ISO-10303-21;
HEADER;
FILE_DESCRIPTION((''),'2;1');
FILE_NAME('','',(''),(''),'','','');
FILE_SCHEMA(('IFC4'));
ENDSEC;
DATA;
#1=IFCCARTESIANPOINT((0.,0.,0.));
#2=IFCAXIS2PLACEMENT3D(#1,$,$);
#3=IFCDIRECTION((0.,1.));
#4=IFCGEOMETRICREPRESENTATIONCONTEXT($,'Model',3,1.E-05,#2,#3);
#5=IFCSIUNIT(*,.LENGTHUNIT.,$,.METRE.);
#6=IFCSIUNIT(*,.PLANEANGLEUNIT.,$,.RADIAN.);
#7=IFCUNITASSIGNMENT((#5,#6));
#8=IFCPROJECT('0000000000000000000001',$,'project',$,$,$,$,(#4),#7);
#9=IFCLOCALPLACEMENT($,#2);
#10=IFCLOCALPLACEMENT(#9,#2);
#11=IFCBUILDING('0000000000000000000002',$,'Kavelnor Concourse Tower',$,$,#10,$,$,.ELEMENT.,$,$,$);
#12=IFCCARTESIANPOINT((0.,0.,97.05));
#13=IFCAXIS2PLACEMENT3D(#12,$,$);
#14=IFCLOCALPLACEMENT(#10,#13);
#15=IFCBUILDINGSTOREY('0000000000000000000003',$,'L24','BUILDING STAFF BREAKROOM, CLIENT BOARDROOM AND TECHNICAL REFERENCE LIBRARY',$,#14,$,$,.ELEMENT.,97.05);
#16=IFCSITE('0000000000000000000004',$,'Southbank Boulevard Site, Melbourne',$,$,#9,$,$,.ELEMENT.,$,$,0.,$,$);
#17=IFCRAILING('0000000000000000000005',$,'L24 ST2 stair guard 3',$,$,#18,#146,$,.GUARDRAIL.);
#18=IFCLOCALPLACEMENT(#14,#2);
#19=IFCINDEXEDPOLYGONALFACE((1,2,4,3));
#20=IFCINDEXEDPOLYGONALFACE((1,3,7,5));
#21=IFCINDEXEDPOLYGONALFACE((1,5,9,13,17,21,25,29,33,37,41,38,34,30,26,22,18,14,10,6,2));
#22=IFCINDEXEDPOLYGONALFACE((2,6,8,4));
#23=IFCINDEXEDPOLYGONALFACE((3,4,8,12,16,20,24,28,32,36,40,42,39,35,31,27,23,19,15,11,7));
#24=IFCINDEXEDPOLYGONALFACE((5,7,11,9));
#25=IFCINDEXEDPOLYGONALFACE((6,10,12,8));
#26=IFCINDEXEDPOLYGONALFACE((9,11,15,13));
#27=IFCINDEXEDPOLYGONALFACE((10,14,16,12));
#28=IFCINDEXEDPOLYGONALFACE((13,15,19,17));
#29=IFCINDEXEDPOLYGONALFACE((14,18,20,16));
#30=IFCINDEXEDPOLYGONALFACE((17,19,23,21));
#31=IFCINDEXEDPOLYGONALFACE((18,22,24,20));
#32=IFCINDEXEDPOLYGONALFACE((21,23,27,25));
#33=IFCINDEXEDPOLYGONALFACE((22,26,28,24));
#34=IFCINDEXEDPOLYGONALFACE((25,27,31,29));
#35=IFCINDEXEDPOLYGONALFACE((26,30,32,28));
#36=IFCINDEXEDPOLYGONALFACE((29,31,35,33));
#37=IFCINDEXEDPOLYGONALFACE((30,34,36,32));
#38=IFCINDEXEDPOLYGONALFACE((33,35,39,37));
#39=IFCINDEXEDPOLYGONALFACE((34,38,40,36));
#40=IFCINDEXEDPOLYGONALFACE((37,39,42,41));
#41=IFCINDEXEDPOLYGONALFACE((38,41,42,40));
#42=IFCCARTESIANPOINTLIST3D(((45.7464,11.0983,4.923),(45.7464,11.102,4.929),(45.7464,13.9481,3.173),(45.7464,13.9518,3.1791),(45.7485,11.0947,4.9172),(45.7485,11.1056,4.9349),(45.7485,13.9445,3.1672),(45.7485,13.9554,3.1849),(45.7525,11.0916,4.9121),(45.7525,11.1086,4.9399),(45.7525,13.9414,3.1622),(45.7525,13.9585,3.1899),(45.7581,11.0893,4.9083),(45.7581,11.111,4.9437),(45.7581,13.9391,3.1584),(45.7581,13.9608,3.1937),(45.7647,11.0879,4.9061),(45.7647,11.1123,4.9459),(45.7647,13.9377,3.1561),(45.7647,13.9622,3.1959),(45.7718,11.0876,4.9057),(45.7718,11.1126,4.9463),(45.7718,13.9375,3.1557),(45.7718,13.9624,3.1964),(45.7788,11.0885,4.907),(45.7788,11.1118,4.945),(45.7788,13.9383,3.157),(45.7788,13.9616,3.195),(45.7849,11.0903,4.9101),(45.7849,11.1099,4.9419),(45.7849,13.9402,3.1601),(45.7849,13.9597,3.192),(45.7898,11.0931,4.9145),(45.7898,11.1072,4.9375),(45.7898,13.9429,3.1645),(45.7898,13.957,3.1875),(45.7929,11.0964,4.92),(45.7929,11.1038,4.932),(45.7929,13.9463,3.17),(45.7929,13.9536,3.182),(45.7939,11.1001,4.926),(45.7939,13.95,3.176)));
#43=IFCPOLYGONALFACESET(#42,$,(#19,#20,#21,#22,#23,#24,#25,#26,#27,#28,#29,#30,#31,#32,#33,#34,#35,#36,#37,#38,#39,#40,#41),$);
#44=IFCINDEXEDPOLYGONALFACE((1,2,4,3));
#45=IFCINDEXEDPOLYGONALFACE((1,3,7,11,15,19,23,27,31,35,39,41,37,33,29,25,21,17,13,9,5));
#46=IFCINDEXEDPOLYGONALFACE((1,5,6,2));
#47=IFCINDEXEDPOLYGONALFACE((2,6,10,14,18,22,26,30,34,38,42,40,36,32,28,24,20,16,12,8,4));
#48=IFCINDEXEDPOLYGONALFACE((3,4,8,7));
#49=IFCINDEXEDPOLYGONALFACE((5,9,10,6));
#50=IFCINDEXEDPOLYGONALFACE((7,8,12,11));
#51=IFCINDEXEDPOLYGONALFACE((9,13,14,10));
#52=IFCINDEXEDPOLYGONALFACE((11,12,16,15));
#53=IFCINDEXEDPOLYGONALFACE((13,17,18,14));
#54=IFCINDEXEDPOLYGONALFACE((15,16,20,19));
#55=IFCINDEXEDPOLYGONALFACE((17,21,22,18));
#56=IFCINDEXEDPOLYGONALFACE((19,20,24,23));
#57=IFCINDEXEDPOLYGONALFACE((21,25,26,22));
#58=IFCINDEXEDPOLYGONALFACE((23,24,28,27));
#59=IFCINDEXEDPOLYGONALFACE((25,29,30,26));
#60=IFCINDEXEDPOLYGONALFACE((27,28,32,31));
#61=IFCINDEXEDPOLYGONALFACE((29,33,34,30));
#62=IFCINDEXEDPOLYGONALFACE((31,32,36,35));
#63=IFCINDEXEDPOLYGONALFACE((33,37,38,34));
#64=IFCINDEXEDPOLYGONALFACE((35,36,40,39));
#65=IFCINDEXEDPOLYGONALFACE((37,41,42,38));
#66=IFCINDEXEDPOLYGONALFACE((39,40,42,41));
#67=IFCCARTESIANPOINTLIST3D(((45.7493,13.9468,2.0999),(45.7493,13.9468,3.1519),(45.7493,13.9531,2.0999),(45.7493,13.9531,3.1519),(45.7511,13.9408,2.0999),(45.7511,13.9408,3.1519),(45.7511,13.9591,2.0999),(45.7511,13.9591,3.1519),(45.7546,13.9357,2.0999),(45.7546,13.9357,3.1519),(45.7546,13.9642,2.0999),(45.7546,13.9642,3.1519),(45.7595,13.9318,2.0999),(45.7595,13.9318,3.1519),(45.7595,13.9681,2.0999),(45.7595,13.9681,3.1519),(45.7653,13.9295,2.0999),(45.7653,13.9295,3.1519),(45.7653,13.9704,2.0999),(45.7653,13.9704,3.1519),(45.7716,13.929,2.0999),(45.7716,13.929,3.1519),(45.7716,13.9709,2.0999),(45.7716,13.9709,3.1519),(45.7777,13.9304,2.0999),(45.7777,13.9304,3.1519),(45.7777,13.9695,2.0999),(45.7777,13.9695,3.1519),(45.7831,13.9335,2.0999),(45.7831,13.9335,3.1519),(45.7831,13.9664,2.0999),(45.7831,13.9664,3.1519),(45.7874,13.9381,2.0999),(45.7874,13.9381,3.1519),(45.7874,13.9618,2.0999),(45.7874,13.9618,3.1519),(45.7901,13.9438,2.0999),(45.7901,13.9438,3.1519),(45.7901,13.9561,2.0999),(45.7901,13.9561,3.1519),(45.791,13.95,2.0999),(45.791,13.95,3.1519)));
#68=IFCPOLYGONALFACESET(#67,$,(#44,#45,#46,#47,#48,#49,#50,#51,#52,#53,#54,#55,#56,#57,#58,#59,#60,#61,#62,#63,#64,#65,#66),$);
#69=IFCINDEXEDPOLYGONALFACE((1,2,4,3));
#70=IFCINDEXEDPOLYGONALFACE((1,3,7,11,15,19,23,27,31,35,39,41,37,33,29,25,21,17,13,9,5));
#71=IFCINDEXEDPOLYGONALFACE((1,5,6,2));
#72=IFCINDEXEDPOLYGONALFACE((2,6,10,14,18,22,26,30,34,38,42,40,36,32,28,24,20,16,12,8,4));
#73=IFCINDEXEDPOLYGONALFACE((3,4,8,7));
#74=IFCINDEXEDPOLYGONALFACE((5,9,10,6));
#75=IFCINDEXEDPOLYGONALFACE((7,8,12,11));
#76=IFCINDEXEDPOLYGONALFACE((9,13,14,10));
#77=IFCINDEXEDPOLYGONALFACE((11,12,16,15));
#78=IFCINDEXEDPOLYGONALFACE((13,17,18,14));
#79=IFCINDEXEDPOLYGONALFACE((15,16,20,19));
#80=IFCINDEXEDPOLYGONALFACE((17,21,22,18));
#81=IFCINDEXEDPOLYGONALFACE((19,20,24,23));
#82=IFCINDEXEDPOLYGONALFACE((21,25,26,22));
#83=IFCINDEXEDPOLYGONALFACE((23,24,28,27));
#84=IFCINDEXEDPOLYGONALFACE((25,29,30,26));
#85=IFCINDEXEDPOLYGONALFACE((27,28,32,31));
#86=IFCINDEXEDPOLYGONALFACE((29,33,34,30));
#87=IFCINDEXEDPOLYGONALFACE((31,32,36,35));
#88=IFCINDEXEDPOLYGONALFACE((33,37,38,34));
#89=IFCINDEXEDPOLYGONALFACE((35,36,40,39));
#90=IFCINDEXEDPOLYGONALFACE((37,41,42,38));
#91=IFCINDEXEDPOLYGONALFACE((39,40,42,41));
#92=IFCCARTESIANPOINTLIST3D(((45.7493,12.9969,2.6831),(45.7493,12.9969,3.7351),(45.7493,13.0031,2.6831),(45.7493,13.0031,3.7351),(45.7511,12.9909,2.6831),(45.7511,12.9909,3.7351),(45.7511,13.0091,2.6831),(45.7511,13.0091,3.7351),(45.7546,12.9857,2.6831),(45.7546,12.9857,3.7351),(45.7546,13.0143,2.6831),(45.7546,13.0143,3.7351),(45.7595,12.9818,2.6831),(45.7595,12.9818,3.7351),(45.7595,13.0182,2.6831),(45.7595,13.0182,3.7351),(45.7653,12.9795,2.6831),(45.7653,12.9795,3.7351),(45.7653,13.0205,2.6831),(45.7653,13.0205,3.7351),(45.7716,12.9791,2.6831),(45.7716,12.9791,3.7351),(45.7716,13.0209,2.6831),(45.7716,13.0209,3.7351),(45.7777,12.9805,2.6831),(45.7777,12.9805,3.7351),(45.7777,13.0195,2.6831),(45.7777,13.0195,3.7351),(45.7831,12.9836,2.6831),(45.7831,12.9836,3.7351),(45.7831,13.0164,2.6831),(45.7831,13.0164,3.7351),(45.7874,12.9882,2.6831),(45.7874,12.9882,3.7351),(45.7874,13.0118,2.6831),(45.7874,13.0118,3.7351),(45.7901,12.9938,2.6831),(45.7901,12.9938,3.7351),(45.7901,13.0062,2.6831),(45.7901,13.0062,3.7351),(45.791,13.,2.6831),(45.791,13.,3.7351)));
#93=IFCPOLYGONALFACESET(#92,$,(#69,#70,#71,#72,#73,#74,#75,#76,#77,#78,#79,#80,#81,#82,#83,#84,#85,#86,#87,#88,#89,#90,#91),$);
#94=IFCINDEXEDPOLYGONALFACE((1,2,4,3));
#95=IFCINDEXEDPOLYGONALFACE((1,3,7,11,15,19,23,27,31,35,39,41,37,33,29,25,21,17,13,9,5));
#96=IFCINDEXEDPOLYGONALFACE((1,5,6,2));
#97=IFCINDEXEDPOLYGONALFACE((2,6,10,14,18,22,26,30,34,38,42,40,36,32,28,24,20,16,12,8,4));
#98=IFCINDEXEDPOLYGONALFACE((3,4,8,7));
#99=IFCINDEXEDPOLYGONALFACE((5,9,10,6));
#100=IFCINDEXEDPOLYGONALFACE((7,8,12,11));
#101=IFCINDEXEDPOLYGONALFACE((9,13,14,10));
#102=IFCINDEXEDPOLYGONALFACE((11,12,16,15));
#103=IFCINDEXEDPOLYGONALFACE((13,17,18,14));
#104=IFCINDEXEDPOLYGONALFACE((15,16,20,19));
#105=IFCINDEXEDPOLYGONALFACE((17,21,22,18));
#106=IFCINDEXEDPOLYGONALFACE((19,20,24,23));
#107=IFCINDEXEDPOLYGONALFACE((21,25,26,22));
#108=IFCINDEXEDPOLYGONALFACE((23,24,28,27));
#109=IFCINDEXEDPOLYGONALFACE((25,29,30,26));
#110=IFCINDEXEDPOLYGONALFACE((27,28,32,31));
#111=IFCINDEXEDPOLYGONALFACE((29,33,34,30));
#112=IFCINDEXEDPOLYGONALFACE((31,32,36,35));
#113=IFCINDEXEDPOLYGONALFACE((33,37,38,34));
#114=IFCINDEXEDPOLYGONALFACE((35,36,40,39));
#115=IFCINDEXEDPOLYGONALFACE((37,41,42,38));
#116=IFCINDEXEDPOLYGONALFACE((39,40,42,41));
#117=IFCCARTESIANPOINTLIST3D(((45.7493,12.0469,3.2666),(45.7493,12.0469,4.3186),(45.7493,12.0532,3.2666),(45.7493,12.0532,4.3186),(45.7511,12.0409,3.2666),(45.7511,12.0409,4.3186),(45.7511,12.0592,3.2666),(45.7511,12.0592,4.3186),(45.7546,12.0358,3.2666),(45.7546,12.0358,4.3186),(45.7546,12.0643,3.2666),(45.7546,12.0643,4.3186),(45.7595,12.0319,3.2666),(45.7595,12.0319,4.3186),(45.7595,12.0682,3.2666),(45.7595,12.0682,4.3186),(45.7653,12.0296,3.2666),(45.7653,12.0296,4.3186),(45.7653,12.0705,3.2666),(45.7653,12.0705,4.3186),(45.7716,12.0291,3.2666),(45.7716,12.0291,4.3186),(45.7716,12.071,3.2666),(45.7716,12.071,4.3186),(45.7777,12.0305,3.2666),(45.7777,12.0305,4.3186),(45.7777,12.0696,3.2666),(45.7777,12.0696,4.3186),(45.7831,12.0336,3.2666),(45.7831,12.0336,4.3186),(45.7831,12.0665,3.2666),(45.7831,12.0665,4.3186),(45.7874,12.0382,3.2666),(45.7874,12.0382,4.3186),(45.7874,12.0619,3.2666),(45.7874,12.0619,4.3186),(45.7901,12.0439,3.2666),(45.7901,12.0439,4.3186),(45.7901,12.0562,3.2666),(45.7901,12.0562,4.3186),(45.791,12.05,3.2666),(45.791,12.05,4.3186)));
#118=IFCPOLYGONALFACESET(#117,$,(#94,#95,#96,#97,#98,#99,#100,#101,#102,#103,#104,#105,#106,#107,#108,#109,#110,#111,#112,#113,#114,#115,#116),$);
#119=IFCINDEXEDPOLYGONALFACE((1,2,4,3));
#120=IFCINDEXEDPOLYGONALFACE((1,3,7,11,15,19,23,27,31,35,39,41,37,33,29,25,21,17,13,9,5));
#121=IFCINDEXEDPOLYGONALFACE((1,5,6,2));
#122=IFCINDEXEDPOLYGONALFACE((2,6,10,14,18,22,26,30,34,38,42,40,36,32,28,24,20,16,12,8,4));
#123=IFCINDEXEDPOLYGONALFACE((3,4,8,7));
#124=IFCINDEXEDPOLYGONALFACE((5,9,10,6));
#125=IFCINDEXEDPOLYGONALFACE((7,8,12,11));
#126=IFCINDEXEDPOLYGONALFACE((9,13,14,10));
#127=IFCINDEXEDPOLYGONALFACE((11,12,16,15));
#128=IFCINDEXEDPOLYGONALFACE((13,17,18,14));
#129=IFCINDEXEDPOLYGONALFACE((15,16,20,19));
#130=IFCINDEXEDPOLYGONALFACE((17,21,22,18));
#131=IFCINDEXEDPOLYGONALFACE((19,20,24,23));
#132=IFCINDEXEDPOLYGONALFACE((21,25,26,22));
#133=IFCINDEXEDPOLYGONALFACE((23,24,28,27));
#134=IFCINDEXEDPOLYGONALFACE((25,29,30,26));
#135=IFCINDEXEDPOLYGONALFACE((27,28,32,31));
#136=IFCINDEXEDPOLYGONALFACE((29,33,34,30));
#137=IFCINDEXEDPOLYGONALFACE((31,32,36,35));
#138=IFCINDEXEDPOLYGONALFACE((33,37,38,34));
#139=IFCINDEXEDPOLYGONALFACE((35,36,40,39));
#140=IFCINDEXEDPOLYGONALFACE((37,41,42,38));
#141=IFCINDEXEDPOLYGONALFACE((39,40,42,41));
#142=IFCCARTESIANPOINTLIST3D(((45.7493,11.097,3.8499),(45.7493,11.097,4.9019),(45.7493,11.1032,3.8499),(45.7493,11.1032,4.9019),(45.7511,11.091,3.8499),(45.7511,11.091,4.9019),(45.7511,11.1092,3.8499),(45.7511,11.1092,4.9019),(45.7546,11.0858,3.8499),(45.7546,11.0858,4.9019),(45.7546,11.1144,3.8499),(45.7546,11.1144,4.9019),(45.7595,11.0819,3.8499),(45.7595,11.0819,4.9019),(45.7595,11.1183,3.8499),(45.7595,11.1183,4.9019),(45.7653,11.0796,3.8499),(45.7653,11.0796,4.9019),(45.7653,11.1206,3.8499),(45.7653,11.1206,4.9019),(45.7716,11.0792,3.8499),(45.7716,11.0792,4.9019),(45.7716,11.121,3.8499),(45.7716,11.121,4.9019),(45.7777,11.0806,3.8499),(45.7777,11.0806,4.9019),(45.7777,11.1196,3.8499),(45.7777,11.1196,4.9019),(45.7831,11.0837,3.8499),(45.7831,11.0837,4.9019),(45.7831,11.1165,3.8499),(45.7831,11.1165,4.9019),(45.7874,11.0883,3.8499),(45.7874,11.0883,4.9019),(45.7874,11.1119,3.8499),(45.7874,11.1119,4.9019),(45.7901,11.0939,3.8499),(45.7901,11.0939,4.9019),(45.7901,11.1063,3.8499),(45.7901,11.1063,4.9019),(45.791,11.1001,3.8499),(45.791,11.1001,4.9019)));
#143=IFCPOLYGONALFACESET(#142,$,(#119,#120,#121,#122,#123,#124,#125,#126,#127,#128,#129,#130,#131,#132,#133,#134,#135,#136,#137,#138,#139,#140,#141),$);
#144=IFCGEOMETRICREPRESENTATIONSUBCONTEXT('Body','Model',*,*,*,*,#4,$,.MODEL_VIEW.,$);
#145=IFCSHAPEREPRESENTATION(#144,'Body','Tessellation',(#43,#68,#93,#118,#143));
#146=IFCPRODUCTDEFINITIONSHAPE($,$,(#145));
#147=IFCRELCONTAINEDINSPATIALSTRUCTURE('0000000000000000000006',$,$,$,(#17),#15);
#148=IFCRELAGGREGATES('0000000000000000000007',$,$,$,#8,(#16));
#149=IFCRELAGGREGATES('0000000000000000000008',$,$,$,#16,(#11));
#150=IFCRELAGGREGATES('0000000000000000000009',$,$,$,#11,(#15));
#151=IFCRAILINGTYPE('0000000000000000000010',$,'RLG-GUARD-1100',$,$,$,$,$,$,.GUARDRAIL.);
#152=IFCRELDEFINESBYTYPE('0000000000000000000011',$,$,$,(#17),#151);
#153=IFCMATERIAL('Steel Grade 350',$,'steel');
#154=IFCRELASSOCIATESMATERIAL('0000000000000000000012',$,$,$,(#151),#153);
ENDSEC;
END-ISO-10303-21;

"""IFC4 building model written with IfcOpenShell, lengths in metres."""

from ifc_helpers import new_model, si_unit, direction, frame, origin, origin_2d, place, context, subcontext, project, spatial, circle, extrude, material, type_object, element, save


model = new_model("IFC4")

# Units and contexts
model_context = context("Model", 3, precision=1e-05, world=origin(), true_north=direction((0.0, 1.0)))
body_context = subcontext(model_context, "Body", "Model", "MODEL_VIEW")
ifc_project = project(units=[si_unit("LENGTHUNIT", "METRE"), si_unit("PLANEANGLEUNIT", "RADIAN")], contexts=[model_context])

# Site, building, storey
site_placement = place(None, origin())
site = spatial("IfcSite", under=ifc_project, at=site_placement, Name="Southbank Boulevard Site, Melbourne", CompositionType="ELEMENT", RefElevation=0.0)
building_placement = place(site_placement, origin())
building = spatial("IfcBuilding", under=site, at=building_placement, Name="Kavelnor Concourse Tower", CompositionType="ELEMENT")
storey_placement = place(building_placement, frame((0.0, 0.0, 97.05)))
storey = spatial("IfcBuildingStorey", under=building, at=storey_placement, Name="L24", Description="BUILDING STAFF BREAKROOM, CLIENT BOARDROOM AND TECHNICAL REFERENCE LIBRARY", CompositionType="ELEMENT", Elevation=97.05)

# Shared definitions
ifc_material_1 = material(Name="Steel Grade 350", Category="steel")

# Railing
railing_type_1 = type_object("IfcRailingType", Name="RLG-GUARD-1100", PredefinedType="GUARDRAIL", material=ifc_material_1)
railing_1_placement = place(storey_placement, frame((45.77, 13.95, 2.0999)))
element("IfcRailing", 1, at=railing_1_placement, inside=storey, type_object=railing_type_1, Name="L24 ST2 stair guard 3", PredefinedType="GUARDRAIL", context=body_context, shape_type="SweptSolid", body=[
    extrude(circle(Radius=0.0239, at=origin_2d()), frame((0.0, 0.0, 1.0762), z_axis=(0.0, -0.852159, 0.523283), x_axis=(1.0, 0.0, 0.0)), (0.0, 0.0, 1.0), 3.3442),
    extrude(circle(Radius=0.021, at=origin_2d()), origin(), (0.0, 0.0, 1.0), 1.052),
    extrude(circle(Radius=0.021, at=origin_2d()), frame((0.0, -0.95, 0.5833)), (0.0, 0.0, 1.0), 1.052),
    extrude(circle(Radius=0.021, at=origin_2d()), frame((0.0, -1.8999, 1.1667)), (0.0, 0.0, 1.0), 1.052),
    extrude(circle(Radius=0.021, at=origin_2d()), frame((0.0, -2.8499, 1.75)), (0.0, 0.0, 1.0), 1.052),
])

save(model, "model.ifc")
